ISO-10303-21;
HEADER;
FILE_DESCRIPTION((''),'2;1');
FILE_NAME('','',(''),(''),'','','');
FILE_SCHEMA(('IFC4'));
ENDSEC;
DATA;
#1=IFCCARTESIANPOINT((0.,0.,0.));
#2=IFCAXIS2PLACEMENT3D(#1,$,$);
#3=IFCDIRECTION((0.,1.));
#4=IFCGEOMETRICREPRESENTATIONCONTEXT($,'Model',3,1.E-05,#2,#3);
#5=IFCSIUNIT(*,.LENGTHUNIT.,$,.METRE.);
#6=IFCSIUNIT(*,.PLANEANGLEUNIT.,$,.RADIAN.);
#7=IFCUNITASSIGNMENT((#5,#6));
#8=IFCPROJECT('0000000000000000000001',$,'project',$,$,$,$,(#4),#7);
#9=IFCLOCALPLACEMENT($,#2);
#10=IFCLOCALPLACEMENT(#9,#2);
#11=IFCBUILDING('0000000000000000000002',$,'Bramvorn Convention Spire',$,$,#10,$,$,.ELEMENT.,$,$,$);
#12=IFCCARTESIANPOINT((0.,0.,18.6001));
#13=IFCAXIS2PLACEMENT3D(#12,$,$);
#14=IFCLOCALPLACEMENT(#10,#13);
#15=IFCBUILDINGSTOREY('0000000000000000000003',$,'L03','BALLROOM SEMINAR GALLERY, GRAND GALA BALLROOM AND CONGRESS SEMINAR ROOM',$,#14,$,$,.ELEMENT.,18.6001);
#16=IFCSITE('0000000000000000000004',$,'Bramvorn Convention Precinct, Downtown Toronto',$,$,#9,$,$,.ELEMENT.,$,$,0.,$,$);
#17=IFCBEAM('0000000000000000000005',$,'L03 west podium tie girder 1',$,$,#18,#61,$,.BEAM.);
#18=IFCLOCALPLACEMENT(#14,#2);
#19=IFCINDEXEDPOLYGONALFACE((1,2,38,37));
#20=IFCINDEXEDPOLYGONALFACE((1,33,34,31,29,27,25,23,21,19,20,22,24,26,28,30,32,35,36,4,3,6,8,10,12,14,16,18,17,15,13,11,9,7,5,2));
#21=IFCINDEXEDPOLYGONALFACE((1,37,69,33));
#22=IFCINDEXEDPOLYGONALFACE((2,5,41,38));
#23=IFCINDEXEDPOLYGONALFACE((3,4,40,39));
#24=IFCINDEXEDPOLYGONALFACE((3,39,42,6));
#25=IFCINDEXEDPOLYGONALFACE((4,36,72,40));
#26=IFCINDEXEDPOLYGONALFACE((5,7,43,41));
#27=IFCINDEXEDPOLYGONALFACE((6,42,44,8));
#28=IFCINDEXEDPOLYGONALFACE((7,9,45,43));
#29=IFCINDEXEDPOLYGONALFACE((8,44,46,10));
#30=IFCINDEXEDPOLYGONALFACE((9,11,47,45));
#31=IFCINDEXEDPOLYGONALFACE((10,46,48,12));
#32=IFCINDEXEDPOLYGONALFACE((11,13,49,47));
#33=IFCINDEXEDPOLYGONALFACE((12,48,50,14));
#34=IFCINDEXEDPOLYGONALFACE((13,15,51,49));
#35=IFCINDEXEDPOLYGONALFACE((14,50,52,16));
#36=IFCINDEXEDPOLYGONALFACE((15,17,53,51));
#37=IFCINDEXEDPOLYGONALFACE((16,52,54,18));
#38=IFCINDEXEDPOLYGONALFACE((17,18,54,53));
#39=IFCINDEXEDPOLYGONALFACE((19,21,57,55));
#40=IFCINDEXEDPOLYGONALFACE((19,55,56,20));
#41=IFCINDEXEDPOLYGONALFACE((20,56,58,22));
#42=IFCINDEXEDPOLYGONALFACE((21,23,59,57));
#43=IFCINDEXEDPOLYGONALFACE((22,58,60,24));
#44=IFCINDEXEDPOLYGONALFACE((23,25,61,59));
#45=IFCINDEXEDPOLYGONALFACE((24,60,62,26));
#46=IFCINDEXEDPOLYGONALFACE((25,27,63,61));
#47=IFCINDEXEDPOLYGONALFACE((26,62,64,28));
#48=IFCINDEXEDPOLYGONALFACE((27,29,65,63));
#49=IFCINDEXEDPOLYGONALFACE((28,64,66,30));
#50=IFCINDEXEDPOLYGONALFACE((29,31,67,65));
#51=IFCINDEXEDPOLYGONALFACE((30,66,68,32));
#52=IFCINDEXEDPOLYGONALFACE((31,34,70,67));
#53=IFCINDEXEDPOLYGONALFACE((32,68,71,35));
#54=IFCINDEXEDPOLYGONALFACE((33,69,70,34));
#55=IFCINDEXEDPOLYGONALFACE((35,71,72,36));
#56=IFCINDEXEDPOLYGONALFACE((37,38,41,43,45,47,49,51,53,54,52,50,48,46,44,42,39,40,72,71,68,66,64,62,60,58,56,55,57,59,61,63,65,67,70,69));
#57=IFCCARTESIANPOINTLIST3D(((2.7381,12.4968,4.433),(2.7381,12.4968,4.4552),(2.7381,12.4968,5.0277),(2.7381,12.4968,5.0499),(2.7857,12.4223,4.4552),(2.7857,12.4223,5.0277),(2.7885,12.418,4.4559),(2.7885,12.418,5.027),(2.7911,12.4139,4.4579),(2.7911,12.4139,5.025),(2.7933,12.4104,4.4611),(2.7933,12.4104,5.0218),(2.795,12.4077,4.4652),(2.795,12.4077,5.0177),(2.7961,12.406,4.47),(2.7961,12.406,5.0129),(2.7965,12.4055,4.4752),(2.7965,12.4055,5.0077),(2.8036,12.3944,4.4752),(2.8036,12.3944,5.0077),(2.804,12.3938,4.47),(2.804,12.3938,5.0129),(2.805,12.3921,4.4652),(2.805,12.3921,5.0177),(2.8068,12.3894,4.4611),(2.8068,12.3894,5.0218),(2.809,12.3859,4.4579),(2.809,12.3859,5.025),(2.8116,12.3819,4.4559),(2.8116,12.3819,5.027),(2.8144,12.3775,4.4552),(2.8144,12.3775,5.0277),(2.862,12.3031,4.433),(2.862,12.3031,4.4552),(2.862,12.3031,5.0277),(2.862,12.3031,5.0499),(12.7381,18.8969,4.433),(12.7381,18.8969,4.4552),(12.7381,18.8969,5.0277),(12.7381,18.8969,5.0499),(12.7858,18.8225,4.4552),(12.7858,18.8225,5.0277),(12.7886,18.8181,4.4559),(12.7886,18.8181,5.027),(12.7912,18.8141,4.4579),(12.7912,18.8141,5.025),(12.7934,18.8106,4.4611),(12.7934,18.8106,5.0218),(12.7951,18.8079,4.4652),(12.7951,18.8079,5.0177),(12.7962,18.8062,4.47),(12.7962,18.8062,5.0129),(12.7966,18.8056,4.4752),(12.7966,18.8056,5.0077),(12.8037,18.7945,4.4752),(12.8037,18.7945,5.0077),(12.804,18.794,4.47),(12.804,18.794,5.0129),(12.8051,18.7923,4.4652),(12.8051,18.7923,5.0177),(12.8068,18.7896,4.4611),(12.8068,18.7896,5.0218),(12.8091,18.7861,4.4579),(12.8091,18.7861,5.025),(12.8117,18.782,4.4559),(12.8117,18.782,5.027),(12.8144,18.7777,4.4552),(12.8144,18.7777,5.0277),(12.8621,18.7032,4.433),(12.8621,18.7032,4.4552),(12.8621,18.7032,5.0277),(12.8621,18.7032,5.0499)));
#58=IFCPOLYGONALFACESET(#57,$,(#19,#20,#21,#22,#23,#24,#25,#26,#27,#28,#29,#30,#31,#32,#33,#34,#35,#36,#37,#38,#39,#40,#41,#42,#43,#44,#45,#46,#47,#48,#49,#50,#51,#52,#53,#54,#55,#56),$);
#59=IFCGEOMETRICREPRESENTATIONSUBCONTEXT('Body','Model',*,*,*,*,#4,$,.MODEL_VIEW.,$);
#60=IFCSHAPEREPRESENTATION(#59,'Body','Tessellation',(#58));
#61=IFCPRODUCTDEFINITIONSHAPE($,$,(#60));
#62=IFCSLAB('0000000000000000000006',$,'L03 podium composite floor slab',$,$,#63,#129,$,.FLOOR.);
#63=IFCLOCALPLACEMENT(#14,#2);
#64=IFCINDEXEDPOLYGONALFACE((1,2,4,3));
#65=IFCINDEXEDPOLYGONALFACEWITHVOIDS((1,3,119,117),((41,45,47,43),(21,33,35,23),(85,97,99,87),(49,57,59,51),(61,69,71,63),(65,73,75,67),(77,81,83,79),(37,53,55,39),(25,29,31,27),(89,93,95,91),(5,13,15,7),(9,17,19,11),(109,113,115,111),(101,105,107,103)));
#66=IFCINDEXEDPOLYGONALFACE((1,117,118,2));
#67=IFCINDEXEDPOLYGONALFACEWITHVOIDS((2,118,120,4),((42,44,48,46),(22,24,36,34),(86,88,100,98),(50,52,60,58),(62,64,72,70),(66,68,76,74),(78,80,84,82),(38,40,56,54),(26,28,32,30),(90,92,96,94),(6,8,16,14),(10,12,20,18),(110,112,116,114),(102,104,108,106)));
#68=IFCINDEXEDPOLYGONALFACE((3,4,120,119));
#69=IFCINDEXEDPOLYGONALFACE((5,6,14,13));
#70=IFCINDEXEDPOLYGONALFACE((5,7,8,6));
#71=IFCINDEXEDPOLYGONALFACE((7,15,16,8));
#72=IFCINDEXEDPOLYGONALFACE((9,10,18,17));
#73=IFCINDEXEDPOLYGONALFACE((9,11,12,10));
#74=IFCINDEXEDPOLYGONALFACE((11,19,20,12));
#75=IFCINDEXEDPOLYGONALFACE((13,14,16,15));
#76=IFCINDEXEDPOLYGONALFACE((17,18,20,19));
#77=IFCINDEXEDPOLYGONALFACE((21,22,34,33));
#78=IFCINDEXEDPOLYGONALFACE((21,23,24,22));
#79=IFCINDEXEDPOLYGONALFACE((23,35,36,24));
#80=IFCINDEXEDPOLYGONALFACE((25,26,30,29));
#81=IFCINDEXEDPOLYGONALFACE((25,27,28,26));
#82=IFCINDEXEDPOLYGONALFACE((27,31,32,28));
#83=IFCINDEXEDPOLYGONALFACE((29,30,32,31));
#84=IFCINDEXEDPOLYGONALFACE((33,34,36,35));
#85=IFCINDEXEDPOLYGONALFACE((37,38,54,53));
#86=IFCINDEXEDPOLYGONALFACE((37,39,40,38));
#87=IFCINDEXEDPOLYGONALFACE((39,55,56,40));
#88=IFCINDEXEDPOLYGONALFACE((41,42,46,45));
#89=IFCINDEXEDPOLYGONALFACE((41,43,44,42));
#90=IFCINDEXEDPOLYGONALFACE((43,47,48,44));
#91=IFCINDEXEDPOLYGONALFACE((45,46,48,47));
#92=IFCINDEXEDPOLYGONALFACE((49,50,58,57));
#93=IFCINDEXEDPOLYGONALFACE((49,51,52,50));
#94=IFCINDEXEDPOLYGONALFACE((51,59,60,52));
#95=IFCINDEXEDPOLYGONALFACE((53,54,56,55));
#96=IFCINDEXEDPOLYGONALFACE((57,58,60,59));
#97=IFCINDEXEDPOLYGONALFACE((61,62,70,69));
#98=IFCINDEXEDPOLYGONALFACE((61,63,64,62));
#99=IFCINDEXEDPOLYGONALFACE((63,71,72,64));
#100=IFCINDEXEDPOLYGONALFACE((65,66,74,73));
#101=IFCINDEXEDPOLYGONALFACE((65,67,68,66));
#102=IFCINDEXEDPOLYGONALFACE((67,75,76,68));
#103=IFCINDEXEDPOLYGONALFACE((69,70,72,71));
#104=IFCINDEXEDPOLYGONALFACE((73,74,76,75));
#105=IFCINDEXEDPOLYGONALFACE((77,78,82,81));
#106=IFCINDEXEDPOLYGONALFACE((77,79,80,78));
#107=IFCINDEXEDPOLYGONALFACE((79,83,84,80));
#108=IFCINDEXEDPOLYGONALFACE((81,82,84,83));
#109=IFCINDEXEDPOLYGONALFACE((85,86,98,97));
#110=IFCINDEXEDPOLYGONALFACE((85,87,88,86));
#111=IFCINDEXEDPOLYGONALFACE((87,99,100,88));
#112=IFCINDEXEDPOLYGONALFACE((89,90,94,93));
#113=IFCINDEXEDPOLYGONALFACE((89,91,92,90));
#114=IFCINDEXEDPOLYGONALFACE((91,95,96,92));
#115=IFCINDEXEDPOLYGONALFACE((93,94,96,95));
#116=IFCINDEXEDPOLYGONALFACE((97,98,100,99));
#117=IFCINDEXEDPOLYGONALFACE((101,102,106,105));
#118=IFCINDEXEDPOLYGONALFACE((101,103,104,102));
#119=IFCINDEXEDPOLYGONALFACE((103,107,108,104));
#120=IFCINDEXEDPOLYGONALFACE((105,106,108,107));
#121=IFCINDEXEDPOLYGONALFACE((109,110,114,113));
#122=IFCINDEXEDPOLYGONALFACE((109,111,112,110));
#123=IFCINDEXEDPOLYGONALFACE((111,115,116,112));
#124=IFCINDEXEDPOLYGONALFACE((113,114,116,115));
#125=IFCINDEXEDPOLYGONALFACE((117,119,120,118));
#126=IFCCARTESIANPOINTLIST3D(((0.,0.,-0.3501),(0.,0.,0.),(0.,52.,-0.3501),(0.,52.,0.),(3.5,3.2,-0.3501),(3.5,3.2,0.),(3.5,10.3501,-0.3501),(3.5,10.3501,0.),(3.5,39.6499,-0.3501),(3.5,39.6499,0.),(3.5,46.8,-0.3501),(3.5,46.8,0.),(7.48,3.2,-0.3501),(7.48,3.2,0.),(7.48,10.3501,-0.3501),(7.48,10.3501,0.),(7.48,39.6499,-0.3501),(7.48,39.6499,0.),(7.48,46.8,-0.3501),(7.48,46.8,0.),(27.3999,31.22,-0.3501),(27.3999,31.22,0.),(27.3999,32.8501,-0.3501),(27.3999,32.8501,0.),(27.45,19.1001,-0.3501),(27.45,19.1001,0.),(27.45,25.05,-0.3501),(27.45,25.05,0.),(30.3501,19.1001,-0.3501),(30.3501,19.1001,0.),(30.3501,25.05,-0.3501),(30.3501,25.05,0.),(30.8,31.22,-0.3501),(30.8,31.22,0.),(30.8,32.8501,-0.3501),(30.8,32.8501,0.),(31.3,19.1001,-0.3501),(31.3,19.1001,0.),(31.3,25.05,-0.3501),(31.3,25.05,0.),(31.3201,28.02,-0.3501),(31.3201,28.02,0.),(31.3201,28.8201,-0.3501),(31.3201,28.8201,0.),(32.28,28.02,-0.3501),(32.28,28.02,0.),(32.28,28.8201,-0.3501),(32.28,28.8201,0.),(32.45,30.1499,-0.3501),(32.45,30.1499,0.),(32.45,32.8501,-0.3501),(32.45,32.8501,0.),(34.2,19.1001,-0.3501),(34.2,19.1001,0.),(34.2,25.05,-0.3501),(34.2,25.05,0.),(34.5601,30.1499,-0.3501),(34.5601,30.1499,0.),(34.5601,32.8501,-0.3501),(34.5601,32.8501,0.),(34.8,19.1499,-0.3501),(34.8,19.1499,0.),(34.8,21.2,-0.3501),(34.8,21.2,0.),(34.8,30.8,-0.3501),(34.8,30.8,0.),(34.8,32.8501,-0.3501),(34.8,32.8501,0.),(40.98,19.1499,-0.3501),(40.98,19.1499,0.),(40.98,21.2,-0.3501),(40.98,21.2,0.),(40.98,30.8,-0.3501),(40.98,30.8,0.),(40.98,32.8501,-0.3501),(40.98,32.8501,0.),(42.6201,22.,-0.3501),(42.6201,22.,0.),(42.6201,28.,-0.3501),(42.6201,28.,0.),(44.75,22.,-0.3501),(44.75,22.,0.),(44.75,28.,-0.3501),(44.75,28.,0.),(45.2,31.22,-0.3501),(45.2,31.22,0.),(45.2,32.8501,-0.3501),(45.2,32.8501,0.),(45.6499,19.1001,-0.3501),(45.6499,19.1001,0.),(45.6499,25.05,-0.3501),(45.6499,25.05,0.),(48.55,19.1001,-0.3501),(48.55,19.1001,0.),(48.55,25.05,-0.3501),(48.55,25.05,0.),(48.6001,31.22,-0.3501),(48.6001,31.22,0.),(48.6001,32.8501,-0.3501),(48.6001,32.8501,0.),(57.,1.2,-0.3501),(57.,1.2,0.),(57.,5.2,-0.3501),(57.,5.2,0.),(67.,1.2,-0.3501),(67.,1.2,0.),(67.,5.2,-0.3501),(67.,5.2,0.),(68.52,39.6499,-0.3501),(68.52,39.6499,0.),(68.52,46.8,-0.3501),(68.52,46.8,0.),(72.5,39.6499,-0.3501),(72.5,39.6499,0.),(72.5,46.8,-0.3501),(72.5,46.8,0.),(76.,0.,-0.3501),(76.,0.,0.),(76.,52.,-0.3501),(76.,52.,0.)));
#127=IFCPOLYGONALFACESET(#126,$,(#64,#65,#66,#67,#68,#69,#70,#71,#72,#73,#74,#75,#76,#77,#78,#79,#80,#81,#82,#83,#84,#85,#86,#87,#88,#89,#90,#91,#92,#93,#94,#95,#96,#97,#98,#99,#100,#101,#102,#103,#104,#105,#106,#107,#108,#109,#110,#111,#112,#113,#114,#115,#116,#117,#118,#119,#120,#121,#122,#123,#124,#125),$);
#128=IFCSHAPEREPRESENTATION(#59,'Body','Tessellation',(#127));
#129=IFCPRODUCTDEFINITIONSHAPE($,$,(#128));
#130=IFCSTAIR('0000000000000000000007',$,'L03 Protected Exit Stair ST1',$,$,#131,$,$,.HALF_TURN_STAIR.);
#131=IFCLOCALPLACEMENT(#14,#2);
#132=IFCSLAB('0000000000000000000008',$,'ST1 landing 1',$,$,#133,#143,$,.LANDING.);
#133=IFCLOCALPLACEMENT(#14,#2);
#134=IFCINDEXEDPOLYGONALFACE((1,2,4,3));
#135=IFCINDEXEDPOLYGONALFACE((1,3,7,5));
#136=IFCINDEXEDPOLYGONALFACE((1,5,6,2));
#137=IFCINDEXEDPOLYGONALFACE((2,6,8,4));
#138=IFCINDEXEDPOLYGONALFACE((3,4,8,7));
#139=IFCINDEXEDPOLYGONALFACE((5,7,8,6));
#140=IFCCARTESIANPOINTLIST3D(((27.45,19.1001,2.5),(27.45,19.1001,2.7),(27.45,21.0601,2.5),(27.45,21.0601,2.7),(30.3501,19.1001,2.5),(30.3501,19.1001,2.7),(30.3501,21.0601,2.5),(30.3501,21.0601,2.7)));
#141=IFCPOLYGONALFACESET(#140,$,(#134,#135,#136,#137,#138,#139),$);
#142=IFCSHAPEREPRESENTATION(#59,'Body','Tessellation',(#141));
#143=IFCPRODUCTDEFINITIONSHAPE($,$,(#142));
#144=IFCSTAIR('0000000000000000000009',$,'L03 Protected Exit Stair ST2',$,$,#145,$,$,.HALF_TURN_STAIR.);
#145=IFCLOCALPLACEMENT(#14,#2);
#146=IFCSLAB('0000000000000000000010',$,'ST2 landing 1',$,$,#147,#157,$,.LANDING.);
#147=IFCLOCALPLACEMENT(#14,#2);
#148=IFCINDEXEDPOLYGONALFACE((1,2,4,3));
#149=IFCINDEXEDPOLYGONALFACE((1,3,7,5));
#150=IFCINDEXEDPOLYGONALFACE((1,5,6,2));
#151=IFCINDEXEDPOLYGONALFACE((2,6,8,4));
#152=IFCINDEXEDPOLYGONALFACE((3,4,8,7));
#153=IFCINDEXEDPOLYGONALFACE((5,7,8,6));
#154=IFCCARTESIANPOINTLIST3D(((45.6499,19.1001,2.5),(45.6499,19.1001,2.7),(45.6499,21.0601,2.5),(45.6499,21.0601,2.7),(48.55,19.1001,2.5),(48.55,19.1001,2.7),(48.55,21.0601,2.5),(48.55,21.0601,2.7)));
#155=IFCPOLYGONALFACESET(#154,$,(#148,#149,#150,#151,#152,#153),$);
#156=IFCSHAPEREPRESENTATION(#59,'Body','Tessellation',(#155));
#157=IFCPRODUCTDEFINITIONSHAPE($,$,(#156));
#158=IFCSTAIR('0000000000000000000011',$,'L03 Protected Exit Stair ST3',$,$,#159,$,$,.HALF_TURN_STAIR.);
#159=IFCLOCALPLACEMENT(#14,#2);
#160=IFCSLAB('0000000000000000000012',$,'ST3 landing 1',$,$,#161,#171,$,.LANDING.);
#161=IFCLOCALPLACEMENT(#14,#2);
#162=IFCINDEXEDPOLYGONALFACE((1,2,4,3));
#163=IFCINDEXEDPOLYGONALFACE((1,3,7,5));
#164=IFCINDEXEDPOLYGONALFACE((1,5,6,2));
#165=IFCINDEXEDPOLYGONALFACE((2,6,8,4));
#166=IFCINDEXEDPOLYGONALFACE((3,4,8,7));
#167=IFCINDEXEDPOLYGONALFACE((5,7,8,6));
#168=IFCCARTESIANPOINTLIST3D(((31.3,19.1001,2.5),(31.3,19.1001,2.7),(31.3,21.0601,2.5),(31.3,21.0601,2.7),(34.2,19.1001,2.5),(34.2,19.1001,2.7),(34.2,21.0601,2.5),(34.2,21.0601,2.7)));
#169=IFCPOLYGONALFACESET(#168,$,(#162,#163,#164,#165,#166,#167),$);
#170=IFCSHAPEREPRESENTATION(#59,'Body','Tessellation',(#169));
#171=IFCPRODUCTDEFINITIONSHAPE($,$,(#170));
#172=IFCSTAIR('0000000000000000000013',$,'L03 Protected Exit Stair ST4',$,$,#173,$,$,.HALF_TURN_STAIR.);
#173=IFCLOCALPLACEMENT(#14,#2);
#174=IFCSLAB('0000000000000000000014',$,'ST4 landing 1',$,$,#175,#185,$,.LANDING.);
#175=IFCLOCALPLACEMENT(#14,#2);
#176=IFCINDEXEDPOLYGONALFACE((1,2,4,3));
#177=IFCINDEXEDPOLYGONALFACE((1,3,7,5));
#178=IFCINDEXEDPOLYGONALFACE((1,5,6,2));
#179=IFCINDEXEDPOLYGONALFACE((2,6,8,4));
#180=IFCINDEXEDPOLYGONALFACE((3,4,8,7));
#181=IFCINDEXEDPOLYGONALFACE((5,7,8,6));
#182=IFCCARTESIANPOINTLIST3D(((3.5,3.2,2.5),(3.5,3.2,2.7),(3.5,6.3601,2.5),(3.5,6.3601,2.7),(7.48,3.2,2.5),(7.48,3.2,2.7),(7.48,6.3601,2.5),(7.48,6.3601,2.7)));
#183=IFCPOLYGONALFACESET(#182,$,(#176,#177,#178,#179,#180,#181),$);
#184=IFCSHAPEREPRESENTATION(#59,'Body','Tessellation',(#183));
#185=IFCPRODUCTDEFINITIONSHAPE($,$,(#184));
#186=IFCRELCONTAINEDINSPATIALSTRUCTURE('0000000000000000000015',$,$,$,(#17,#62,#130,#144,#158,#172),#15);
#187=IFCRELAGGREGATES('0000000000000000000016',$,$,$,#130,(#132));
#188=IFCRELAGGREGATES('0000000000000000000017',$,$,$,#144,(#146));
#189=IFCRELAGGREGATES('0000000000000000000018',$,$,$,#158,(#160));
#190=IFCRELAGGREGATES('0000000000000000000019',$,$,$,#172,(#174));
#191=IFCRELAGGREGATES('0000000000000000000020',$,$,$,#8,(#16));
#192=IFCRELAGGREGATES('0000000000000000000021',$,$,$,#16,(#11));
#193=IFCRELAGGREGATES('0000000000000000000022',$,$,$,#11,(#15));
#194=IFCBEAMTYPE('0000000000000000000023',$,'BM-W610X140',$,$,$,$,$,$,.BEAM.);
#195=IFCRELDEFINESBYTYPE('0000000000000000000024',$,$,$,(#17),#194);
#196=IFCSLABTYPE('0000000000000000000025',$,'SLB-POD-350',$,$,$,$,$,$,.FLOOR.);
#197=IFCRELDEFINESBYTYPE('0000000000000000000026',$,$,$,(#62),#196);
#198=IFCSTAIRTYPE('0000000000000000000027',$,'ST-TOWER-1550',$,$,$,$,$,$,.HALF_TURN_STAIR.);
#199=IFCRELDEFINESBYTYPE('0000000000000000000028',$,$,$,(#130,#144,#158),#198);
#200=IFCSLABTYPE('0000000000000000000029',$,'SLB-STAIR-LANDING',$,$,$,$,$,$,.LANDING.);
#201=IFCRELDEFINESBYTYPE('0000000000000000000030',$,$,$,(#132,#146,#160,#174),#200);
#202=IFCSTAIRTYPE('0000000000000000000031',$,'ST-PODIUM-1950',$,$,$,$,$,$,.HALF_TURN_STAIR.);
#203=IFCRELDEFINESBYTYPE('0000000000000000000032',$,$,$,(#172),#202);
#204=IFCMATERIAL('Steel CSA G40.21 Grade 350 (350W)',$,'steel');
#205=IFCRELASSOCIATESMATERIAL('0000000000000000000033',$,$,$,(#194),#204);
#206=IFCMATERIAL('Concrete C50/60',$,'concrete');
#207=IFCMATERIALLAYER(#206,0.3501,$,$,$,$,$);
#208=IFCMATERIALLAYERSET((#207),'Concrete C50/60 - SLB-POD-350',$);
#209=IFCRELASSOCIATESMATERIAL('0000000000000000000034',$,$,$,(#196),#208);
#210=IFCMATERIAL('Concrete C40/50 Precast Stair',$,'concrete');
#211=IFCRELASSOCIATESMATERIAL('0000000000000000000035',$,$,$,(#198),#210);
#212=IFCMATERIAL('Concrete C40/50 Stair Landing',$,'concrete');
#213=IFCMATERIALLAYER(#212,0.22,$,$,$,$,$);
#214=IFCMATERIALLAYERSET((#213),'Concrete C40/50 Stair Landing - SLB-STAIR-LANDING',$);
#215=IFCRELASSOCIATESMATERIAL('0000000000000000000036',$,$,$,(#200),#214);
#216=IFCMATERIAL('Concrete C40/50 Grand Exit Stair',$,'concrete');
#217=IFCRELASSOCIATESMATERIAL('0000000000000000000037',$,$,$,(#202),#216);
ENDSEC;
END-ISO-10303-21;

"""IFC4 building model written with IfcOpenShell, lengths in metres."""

from ifc_helpers import new_model, si_unit, direction, frame, origin, origin_2d, place, context, subcontext, project, spatial, polyline, i_section, outline, extrude, material, layer, layer_set, material_profile, profile_set, type_object, element, aggregate, save


model = new_model("IFC4")

# Units and contexts
model_context = context("Model", 3, precision=1e-05, world=origin(), true_north=direction((0.0, 1.0)))
body_context = subcontext(model_context, "Body", "Model", "MODEL_VIEW")
ifc_project = project(units=[si_unit("LENGTHUNIT", "METRE"), si_unit("PLANEANGLEUNIT", "RADIAN")], contexts=[model_context])

# Site, building, storey
site_placement = place(None, origin())
site = spatial("IfcSite", under=ifc_project, at=site_placement, Name="Bramvorn Convention Precinct, Downtown Toronto", CompositionType="ELEMENT", RefElevation=0.0)
building_placement = place(site_placement, origin())
building = spatial("IfcBuilding", under=site, at=building_placement, Name="Bramvorn Convention Spire", CompositionType="ELEMENT")
storey_placement = place(building_placement, frame((0.0, 0.0, 18.6001)))
storey = spatial("IfcBuildingStorey", under=building, at=storey_placement, Name="L03", Description="BALLROOM SEMINAR GALLERY, GRAND GALA BALLROOM AND CONGRESS SEMINAR ROOM", CompositionType="ELEMENT", Elevation=18.6001)

# Beam
ifc_material_1 = material(Name="Steel CSA G40.21 Grade 350 (350W)", Category="steel")
ifc_material_profile_1 = material_profile(ifc_material_1, i_section(OverallWidth=0.23, OverallDepth=0.6169, WebThickness=0.0132, FlangeThickness=0.0222, FilletRadius=0.02, at=origin_2d()))
ifc_profile_set_1 = profile_set([ifc_material_profile_1], Name="Steel CSA G40.21 Grade 350 (350W) - W610X140")
beam_type_1 = type_object("IfcBeamType", Name="BM-W610X140", PredefinedType="BEAM", material=ifc_profile_set_1)
beam_1_placement = place(storey_placement, frame((2.8, 12.3999, 4.7415), z_axis=(0.842266, 0.539062, 0.0), x_axis=(-0.539062, 0.842266, 0.0)))
element("IfcBeam", 1, at=beam_1_placement, inside=storey, type_object=beam_type_1, Name="L03 west podium tie girder 1", PredefinedType="BEAM", context=body_context, shape_type="SweptSolid", body=[
    extrude(i_section(OverallWidth=0.23, OverallDepth=0.6169, WebThickness=0.0132, FlangeThickness=0.0222, FilletRadius=0.02, at=origin_2d()), origin(), (0.0, 0.0, 1.0), 11.8728),
])

# Slab
ifc_material_2 = material(Name="Concrete C50/60", Category="concrete")
ifc_layer_1 = layer(ifc_material_2, 0.3501)
ifc_layer_set_1 = layer_set([ifc_layer_1], Name="Concrete C50/60 - SLB-POD-350")
slab_type_1 = type_object("IfcSlabType", Name="SLB-POD-350", PredefinedType="FLOOR", material=ifc_layer_set_1)
slab_1_placement = place(storey_placement, frame((0.0, 0.0, -0.3501)))
element("IfcSlab", 2, at=slab_1_placement, inside=storey, type_object=slab_type_1, Name="L03 podium composite floor slab", PredefinedType="FLOOR", context=body_context, shape_type="SweptSolid", body=[
    extrude(outline(polyline([(0.0, 0.0), (76.0, 0.0), (76.0, 52.0), (0.0, 52.0), (0.0, 0.0)]), holes=[polyline([(27.45, 25.05), (27.45, 19.1001), (30.3501, 19.1001), (30.3501, 25.05), (27.45, 25.05)]), polyline([(45.6499, 25.05), (45.6499, 19.1001), (48.55, 19.1001), (48.55, 25.05), (45.6499, 25.05)]), polyline([(31.3, 25.05), (31.3, 19.1001), (34.2, 19.1001), (34.2, 25.05), (31.3, 25.05)]), polyline([(3.5, 10.3501), (3.5, 3.2), (7.48, 3.2), (7.48, 10.3501), (3.5, 10.3501)]), polyline([(68.52, 46.8), (68.52, 39.6499), (72.5, 39.6499), (72.5, 46.8), (68.52, 46.8)]), polyline([(3.5, 46.8), (3.5, 39.6499), (7.48, 39.6499), (7.48, 46.8), (3.5, 46.8)]), polyline([(27.3999, 31.22), (30.8, 31.22), (30.8, 32.8501), (27.3999, 32.8501), (27.3999, 31.22)]), polyline([(45.2, 31.22), (48.6001, 31.22), (48.6001, 32.8501), (45.2, 32.8501), (45.2, 31.22)]), polyline([(32.45, 30.1499), (34.5601, 30.1499), (34.5601, 32.8501), (32.45, 32.8501), (32.45, 30.1499)]), polyline([(34.8, 30.8), (40.98, 30.8), (40.98, 32.8501), (34.8, 32.8501), (34.8, 30.8)]), polyline([(34.8, 19.1499), (40.98, 19.1499), (40.98, 21.2), (34.8, 21.2), (34.8, 19.1499)]), polyline([(42.6201, 22.0), (44.75, 22.0), (44.75, 28.0), (42.6201, 28.0), (42.6201, 22.0)]), polyline([(31.3201, 28.02), (32.28, 28.02), (32.28, 28.8201), (31.3201, 28.8201), (31.3201, 28.02)]), polyline([(57.0, 1.2), (67.0, 1.2), (67.0, 5.2), (57.0, 5.2), (57.0, 1.2)])]), origin(), (0.0, 0.0, 1.0), 0.3501),
])

# Stairs, slabs
ifc_material_3 = material(Name="Concrete C40/50 Precast Stair", Category="concrete")
stair_type_1 = type_object("IfcStairType", Name="ST-TOWER-1550", PredefinedType="HALF_TURN_STAIR", material=ifc_material_3)
stair_1_placement = place(storey_placement, origin())
stair_1 = element("IfcStair", 3, at=stair_1_placement, inside=storey, type_object=stair_type_1, Name="L03 Protected Exit Stair ST1", PredefinedType="HALF_TURN_STAIR")
ifc_material_4 = material(Name="Concrete C40/50 Stair Landing", Category="concrete")
ifc_layer_2 = layer(ifc_material_4, 0.22)
ifc_layer_set_2 = layer_set([ifc_layer_2], Name="Concrete C40/50 Stair Landing - SLB-STAIR-LANDING")
slab_type_2 = type_object("IfcSlabType", Name="SLB-STAIR-LANDING", PredefinedType="LANDING", material=ifc_layer_set_2)
slab_2_placement = place(storey_placement, frame((0.0, 0.0, 2.5)))
slab_2 = element("IfcSlab", 4, at=slab_2_placement, type_object=slab_type_2, Name="ST1 landing 1", PredefinedType="LANDING", context=body_context, shape_type="SweptSolid", body=[
    extrude(outline(polyline([(27.45, 21.0601), (27.45, 19.1001), (30.3501, 19.1001), (30.3501, 21.0601), (27.45, 21.0601)])), origin(), (0.0, 0.0, 1.0), 0.2),
])
aggregate(stair_1, [slab_2])
stair_2_placement = place(storey_placement, origin())
stair_2 = element("IfcStair", 5, at=stair_2_placement, inside=storey, type_object=stair_type_1, Name="L03 Protected Exit Stair ST2", PredefinedType="HALF_TURN_STAIR")
slab_3_placement = place(storey_placement, frame((0.0, 0.0, 2.5)))
slab_3 = element("IfcSlab", 6, at=slab_3_placement, type_object=slab_type_2, Name="ST2 landing 1", PredefinedType="LANDING", context=body_context, shape_type="SweptSolid", body=[
    extrude(outline(polyline([(45.6499, 21.0601), (45.6499, 19.1001), (48.55, 19.1001), (48.55, 21.0601), (45.6499, 21.0601)])), origin(), (0.0, 0.0, 1.0), 0.2),
])
aggregate(stair_2, [slab_3])
stair_3_placement = place(storey_placement, origin())
stair_3 = element("IfcStair", 7, at=stair_3_placement, inside=storey, type_object=stair_type_1, Name="L03 Protected Exit Stair ST3", PredefinedType="HALF_TURN_STAIR")
slab_4_placement = place(storey_placement, frame((0.0, 0.0, 2.5)))
slab_4 = element("IfcSlab", 8, at=slab_4_placement, type_object=slab_type_2, Name="ST3 landing 1", PredefinedType="LANDING", context=body_context, shape_type="SweptSolid", body=[
    extrude(outline(polyline([(31.3, 21.0601), (31.3, 19.1001), (34.2, 19.1001), (34.2, 21.0601), (31.3, 21.0601)])), origin(), (0.0, 0.0, 1.0), 0.2),
])
aggregate(stair_3, [slab_4])
ifc_material_5 = material(Name="Concrete C40/50 Grand Exit Stair", Category="concrete")
stair_type_2 = type_object("IfcStairType", Name="ST-PODIUM-1950", PredefinedType="HALF_TURN_STAIR", material=ifc_material_5)
stair_4_placement = place(storey_placement, origin())
stair_4 = element("IfcStair", 9, at=stair_4_placement, inside=storey, type_object=stair_type_2, Name="L03 Protected Exit Stair ST4", PredefinedType="HALF_TURN_STAIR")
slab_5_placement = place(storey_placement, frame((0.0, 0.0, 2.5)))
slab_5 = element("IfcSlab", 10, at=slab_5_placement, type_object=slab_type_2, Name="ST4 landing 1", PredefinedType="LANDING", context=body_context, shape_type="SweptSolid", body=[
    extrude(outline(polyline([(3.5, 6.3601), (3.5, 3.2), (7.48, 3.2), (7.48, 6.3601), (3.5, 6.3601)])), origin(), (0.0, 0.0, 1.0), 0.2),
])
aggregate(stair_4, [slab_5])

save(model, "model.ifc")
